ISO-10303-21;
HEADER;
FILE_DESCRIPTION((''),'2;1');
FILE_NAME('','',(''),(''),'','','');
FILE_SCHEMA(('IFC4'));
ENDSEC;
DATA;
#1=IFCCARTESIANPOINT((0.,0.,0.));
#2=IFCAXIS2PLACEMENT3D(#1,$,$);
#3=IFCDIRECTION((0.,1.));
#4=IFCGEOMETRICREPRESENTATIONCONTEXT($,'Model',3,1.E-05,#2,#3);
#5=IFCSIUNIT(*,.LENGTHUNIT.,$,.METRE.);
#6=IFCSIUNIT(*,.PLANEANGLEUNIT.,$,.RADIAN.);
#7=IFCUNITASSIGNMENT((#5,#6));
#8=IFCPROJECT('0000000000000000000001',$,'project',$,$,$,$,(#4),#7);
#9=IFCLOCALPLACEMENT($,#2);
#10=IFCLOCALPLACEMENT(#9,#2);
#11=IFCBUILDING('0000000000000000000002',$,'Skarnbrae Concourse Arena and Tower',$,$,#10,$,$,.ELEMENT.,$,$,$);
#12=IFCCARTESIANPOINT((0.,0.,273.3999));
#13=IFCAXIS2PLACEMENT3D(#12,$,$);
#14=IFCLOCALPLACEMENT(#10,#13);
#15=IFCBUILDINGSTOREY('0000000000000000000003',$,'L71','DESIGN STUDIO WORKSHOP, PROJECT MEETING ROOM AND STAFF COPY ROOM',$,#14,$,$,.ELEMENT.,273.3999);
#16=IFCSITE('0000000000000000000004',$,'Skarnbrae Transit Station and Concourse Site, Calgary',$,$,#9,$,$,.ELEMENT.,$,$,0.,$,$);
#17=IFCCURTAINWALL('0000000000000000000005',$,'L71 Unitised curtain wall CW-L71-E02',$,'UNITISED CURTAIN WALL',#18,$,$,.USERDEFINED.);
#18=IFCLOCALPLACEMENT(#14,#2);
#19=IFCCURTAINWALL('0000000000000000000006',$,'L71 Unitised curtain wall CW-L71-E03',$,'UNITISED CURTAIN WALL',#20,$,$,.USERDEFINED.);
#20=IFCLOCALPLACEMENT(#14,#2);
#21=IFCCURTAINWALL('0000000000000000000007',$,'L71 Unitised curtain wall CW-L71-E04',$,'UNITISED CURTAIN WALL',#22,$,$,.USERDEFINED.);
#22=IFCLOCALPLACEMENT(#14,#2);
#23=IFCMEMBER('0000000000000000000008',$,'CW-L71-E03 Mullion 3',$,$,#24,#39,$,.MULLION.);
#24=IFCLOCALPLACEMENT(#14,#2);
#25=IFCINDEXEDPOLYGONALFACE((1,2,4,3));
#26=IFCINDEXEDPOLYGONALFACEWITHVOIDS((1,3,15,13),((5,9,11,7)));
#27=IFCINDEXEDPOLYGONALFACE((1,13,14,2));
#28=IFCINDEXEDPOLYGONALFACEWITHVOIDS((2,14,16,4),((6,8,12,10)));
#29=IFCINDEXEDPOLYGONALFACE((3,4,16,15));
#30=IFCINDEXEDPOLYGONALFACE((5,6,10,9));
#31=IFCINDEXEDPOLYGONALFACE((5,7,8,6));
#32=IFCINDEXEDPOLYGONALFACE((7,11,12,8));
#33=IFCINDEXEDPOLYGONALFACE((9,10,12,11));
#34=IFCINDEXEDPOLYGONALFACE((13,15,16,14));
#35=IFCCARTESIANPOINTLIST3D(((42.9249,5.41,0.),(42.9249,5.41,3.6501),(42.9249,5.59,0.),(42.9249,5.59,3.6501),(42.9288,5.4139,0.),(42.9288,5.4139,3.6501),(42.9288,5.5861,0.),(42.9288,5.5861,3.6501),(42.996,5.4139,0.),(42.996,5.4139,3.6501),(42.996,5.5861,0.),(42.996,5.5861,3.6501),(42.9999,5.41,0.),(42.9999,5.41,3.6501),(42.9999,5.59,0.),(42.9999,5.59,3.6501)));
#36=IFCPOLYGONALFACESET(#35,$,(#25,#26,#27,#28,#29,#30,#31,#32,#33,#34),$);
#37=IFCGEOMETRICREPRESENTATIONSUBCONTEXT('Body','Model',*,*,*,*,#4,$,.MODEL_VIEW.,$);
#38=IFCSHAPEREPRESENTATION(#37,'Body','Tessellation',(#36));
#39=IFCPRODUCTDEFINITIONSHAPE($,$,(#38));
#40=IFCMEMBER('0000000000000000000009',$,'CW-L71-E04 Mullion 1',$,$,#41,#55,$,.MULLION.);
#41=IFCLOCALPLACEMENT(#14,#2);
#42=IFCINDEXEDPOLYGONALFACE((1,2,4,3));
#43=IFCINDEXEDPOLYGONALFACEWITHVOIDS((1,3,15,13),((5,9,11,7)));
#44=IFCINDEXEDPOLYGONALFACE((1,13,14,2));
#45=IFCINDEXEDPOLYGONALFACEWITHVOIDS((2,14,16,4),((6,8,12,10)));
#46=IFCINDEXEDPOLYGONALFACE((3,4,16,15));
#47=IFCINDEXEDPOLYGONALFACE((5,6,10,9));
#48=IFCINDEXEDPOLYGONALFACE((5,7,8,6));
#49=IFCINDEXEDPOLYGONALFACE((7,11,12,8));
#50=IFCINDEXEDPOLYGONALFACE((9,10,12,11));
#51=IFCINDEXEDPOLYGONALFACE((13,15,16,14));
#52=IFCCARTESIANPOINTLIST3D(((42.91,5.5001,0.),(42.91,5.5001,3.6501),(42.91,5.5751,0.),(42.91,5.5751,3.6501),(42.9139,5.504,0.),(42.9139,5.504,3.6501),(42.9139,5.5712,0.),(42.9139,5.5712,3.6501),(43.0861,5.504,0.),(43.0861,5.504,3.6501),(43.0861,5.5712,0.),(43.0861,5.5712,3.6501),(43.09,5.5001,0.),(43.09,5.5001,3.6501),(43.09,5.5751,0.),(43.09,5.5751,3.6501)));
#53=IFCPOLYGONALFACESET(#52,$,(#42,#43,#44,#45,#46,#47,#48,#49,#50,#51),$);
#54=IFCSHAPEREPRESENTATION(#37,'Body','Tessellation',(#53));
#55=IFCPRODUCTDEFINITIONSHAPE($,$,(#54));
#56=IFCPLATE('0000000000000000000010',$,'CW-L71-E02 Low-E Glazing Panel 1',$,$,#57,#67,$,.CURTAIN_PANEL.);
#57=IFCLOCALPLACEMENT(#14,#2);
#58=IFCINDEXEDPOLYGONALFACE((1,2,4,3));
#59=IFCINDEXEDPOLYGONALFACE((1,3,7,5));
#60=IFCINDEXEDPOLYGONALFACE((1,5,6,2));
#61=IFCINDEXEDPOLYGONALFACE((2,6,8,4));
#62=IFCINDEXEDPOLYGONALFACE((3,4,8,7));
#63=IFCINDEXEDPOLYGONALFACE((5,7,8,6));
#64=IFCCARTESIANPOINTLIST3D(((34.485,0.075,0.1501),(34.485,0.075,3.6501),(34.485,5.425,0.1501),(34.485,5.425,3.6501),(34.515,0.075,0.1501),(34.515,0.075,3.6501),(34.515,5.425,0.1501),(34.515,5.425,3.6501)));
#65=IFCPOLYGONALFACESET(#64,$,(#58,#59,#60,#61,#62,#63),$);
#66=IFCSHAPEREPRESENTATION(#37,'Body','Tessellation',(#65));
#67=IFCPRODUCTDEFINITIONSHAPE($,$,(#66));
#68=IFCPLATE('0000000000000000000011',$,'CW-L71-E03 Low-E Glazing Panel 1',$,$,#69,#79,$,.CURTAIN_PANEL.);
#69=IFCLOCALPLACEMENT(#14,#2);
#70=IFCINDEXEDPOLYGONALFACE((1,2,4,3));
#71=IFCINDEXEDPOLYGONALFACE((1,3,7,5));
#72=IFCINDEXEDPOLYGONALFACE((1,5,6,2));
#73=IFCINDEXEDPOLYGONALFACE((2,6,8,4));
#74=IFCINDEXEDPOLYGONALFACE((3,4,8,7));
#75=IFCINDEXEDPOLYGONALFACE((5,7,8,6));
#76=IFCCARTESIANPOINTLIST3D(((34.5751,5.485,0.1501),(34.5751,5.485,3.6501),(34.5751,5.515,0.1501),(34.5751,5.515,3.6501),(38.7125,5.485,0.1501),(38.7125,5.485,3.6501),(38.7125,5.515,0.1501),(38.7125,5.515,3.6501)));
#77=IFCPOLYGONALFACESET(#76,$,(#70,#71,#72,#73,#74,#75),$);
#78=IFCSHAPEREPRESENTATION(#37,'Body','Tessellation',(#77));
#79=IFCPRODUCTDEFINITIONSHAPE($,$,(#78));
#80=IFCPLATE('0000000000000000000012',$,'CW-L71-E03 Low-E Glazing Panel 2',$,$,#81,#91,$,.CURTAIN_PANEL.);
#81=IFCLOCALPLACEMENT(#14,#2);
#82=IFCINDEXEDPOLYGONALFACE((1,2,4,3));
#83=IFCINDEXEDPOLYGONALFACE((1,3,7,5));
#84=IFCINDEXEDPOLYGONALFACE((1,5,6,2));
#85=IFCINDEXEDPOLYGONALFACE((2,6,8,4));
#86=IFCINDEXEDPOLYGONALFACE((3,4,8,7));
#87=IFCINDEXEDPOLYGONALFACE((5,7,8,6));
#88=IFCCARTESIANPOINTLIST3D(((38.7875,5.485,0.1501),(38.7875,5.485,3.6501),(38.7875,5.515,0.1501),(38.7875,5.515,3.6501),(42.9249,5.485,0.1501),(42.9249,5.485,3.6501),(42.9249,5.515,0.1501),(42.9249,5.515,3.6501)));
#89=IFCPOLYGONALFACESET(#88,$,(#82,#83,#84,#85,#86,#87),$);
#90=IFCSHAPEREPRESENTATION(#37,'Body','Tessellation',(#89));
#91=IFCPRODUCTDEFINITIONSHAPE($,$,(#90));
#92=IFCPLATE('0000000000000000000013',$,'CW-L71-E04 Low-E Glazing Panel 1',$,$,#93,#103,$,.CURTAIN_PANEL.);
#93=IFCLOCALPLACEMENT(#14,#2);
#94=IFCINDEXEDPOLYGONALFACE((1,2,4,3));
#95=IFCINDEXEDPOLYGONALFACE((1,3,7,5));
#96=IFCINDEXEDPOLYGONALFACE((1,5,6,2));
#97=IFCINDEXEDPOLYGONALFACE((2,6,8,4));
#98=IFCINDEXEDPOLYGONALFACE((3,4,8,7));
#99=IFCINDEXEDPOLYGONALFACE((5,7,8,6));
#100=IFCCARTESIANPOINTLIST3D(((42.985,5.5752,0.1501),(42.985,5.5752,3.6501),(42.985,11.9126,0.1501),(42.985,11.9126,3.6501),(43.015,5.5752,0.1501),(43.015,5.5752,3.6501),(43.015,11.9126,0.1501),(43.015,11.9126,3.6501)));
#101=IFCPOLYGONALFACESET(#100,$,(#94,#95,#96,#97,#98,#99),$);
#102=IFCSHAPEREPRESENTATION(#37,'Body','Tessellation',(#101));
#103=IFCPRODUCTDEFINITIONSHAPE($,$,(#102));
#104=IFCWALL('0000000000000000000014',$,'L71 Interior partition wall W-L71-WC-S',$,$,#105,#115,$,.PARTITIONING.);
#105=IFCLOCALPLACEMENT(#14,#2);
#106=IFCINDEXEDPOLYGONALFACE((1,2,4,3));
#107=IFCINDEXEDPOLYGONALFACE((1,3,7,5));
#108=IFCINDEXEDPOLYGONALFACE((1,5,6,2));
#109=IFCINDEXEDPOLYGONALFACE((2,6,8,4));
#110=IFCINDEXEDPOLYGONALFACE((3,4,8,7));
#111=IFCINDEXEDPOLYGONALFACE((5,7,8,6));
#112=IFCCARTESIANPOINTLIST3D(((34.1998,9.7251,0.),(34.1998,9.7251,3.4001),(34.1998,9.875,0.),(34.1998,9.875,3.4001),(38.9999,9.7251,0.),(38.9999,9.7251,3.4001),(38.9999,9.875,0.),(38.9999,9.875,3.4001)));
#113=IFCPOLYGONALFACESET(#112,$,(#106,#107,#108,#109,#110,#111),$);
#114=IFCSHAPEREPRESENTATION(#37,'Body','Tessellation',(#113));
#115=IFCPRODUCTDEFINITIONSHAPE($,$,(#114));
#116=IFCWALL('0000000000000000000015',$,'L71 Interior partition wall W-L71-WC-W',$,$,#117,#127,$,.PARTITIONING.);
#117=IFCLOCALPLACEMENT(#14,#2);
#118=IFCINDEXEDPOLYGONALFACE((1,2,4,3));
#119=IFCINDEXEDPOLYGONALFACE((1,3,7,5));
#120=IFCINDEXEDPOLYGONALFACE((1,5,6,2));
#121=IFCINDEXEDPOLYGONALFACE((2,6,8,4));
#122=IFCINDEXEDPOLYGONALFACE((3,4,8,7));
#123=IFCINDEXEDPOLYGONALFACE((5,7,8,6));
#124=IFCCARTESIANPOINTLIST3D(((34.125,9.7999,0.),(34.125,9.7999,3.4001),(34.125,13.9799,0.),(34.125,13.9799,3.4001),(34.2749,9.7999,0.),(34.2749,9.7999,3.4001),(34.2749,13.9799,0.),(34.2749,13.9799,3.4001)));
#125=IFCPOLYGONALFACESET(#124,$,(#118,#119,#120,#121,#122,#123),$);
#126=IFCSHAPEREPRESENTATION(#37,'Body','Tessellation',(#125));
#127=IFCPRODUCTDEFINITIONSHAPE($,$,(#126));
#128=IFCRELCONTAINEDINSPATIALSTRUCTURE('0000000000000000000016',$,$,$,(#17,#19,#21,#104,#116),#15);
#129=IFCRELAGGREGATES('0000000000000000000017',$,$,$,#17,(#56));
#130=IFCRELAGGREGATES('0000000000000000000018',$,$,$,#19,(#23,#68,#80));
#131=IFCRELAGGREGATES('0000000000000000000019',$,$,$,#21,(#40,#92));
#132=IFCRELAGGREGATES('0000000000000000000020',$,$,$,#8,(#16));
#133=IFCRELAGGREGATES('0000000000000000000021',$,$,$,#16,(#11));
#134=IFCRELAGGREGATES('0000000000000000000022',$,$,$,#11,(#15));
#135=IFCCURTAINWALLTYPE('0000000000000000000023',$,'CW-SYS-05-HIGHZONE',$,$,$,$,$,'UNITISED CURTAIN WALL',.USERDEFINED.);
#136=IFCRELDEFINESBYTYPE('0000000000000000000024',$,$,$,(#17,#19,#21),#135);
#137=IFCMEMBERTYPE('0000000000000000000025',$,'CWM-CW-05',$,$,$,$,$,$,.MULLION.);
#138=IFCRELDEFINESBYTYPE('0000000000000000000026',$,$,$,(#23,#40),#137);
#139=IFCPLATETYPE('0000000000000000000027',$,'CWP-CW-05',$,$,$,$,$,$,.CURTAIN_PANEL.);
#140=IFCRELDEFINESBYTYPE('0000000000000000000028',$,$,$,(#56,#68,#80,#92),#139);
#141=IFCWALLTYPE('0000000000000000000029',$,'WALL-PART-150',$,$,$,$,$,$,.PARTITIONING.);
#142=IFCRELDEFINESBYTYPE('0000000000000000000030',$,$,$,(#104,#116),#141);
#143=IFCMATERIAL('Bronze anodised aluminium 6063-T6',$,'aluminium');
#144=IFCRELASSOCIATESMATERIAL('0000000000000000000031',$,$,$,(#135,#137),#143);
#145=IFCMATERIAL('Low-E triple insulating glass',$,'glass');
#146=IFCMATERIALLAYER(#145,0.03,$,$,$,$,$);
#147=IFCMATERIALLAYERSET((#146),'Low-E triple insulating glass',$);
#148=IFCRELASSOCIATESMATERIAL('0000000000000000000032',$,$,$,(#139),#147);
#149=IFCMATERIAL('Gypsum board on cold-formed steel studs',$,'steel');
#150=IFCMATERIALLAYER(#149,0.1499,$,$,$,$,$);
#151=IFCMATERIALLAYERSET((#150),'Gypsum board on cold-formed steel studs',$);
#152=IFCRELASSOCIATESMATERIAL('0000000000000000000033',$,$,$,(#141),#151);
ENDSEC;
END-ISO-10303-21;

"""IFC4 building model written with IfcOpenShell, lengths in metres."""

from ifc_helpers import new_model, si_unit, direction, frame, frame_2d, origin, origin_2d, place, context, subcontext, project, spatial, rectangle, hollow_rectangle, extrude, source, transform, mapped, material, layer, layer_set, material_profile, profile_set, type_object, element, aggregate, save


model = new_model("IFC4")

# Units and contexts
model_context = context("Model", 3, precision=1e-05, world=origin(), true_north=direction((0.0, 1.0)))
body_context = subcontext(model_context, "Body", "Model", "MODEL_VIEW")
ifc_project = project(units=[si_unit("LENGTHUNIT", "METRE"), si_unit("PLANEANGLEUNIT", "RADIAN")], contexts=[model_context])

# Site, building, storey
site_placement = place(None, origin())
site = spatial("IfcSite", under=ifc_project, at=site_placement, Name="Skarnbrae Transit Station and Concourse Site, Calgary", CompositionType="ELEMENT", RefElevation=0.0)
building_placement = place(site_placement, origin())
building = spatial("IfcBuilding", under=site, at=building_placement, Name="Skarnbrae Concourse Arena and Tower", CompositionType="ELEMENT")
storey_placement = place(building_placement, frame((0.0, 0.0, 273.3999)))
storey = spatial("IfcBuildingStorey", under=building, at=storey_placement, Name="L71", Description="DESIGN STUDIO WORKSHOP, PROJECT MEETING ROOM AND STAFF COPY ROOM", CompositionType="ELEMENT", Elevation=273.3999)

# Curtain wall
ifc_material_1 = material(Name="Bronze anodised aluminium 6063-T6", Category="aluminium")
curtain_wall_type = type_object("IfcCurtainWallType", Name="CW-SYS-05-HIGHZONE", ElementType="UNITISED CURTAIN WALL", PredefinedType="USERDEFINED", material=ifc_material_1)
curtain_wall_1_placement = place(storey_placement, origin())
curtain_wall_1 = element("IfcCurtainWall", 1, at=curtain_wall_1_placement, inside=storey, type_object=curtain_wall_type, Name="L71 Unitised curtain wall CW-L71-E02", ObjectType="UNITISED CURTAIN WALL", PredefinedType="USERDEFINED")

# Curtain wall
curtain_wall_2_placement = place(storey_placement, origin())
curtain_wall_2 = element("IfcCurtainWall", 2, at=curtain_wall_2_placement, inside=storey, type_object=curtain_wall_type, Name="L71 Unitised curtain wall CW-L71-E03", ObjectType="UNITISED CURTAIN WALL", PredefinedType="USERDEFINED")

# Curtain wall
curtain_wall_3_placement = place(storey_placement, origin())
curtain_wall_3 = element("IfcCurtainWall", 3, at=curtain_wall_3_placement, inside=storey, type_object=curtain_wall_type, Name="L71 Unitised curtain wall CW-L71-E04", ObjectType="UNITISED CURTAIN WALL", PredefinedType="USERDEFINED")

# Members
ifc_material_profile_1 = material_profile(ifc_material_1, hollow_rectangle(XDim=0.075, YDim=0.1799, WallThickness=0.0039, at=origin_2d()), Name="ALU-MULL-75X180")
ifc_profile_set_1 = profile_set([ifc_material_profile_1], Name="Bronze anodised aluminium 6063-T6")
member_type_1 = type_object("IfcMemberType", Name="CWM-CW-05", PredefinedType="MULLION", material=ifc_profile_set_1)
shared_shape_1 = source(origin(), body_context, "Body", "SweptSolid", [
    extrude(hollow_rectangle(XDim=0.075, YDim=0.1799, WallThickness=0.0039, at=origin_2d()), origin(), (0.0, 0.0, 1.0), 3.6501),
])
member_1_placement = place(storey_placement, frame((42.9624, 5.5, 0.0), z_axis=(0.0, 0.0, 1.0), x_axis=(1.0, 0.0, 0.0)))
member_1 = element("IfcMember", 4, at=member_1_placement, type_object=member_type_1, Name="CW-L71-E03 Mullion 3", PredefinedType="MULLION", context=body_context, shape_type="MappedRepresentation", body=[
    mapped(shared_shape_1, transform((0.0, 0.0, 0.0))),
])
member_2_placement = place(storey_placement, frame((43.0, 5.5376, 0.0), z_axis=(0.0, 0.0, 1.0), x_axis=(0.0, 1.0, 0.0)))
member_2 = element("IfcMember", 5, at=member_2_placement, type_object=member_type_1, Name="CW-L71-E04 Mullion 1", PredefinedType="MULLION", context=body_context, shape_type="MappedRepresentation", body=[
    mapped(shared_shape_1, transform((0.0, 0.0, 0.0))),
])

# Plates
ifc_material_2 = material(Name="Low-E triple insulating glass", Category="glass")
ifc_layer_1 = layer(ifc_material_2, 0.03)
ifc_layer_set_1 = layer_set([ifc_layer_1], Name="Low-E triple insulating glass")
plate_type = type_object("IfcPlateType", Name="CWP-CW-05", PredefinedType="CURTAIN_PANEL", material=ifc_layer_set_1)
shared_shape_2 = source(origin(), body_context, "Body", "SweptSolid", [
    extrude(rectangle(XDim=5.3501, YDim=0.03, at=origin_2d()), origin(), (0.0, 0.0, 1.0), 3.5),
])
plate_1_placement = place(storey_placement, frame((34.5, 2.75, 0.1501), z_axis=(0.0, 0.0, 1.0), x_axis=(0.0, 1.0, 0.0)))
plate_1 = element("IfcPlate", 6, at=plate_1_placement, type_object=plate_type, Name="CW-L71-E02 Low-E Glazing Panel 1", PredefinedType="CURTAIN_PANEL", context=body_context, shape_type="MappedRepresentation", body=[
    mapped(shared_shape_2, transform((0.0, 0.0, 0.0))),
])
aggregate(curtain_wall_1, [plate_1])
shared_shape_3 = source(origin(), body_context, "Body", "SweptSolid", [
    extrude(rectangle(XDim=4.1375, YDim=0.03, at=origin_2d()), origin(), (0.0, 0.0, 1.0), 3.5),
])
plate_2_placement = place(storey_placement, frame((36.6438, 5.5, 0.1501), z_axis=(0.0, 0.0, 1.0), x_axis=(1.0, 0.0, 0.0)))
plate_2 = element("IfcPlate", 7, at=plate_2_placement, type_object=plate_type, Name="CW-L71-E03 Low-E Glazing Panel 1", PredefinedType="CURTAIN_PANEL", context=body_context, shape_type="MappedRepresentation", body=[
    mapped(shared_shape_3, transform((0.0, 0.0, 0.0))),
])
plate_3_placement = place(storey_placement, frame((40.8562, 5.5, 0.1501), z_axis=(0.0, 0.0, 1.0), x_axis=(1.0, 0.0, 0.0)))
plate_3 = element("IfcPlate", 8, at=plate_3_placement, type_object=plate_type, Name="CW-L71-E03 Low-E Glazing Panel 2", PredefinedType="CURTAIN_PANEL", context=body_context, shape_type="MappedRepresentation", body=[
    mapped(shared_shape_3, transform((0.0, 0.0, 0.0))),
])
aggregate(curtain_wall_2, [member_1, plate_2, plate_3])
shared_shape_4 = source(origin(), body_context, "Body", "SweptSolid", [
    extrude(rectangle(XDim=6.3374, YDim=0.03, at=origin_2d()), origin(), (0.0, 0.0, 1.0), 3.5),
])
plate_4_placement = place(storey_placement, frame((43.0, 8.7439, 0.1501), z_axis=(0.0, 0.0, 1.0), x_axis=(0.0, 1.0, 0.0)))
plate_4 = element("IfcPlate", 9, at=plate_4_placement, type_object=plate_type, Name="CW-L71-E04 Low-E Glazing Panel 1", PredefinedType="CURTAIN_PANEL", context=body_context, shape_type="MappedRepresentation", body=[
    mapped(shared_shape_4, transform((0.0, 0.0, 0.0))),
])
aggregate(curtain_wall_3, [member_2, plate_4])

# Walls
ifc_material_3 = material(Name="Gypsum board on cold-formed steel studs", Category="steel")
ifc_layer_2 = layer(ifc_material_3, 0.1499)
ifc_layer_set_2 = layer_set([ifc_layer_2], Name="Gypsum board on cold-formed steel studs")
wall_type = type_object("IfcWallType", Name="WALL-PART-150", PredefinedType="PARTITIONING", material=ifc_layer_set_2)
shared_shape_5 = source(origin(), body_context, "Body", "SweptSolid", [
    extrude(rectangle(XDim=4.8, YDim=0.1499, at=frame_2d((2.3999, 0.0))), origin(), (0.0, 0.0, 1.0), 3.4001),
])
wall_1_placement = place(storey_placement, frame((34.2, 9.8, 0.0), z_axis=(0.0, 0.0, 1.0), x_axis=(1.0, 0.0, 0.0)))
element("IfcWall", 10, at=wall_1_placement, inside=storey, type_object=wall_type, Name="L71 Interior partition wall W-L71-WC-S", PredefinedType="PARTITIONING", context=body_context, shape_type="MappedRepresentation", body=[
    mapped(shared_shape_5, transform((0.0, 0.0, 0.0))),
])
shared_shape_6 = source(origin(), body_context, "Body", "SweptSolid", [
    extrude(rectangle(XDim=4.1799, YDim=0.1499, at=frame_2d((2.0898, 0.0))), origin(), (0.0, 0.0, 1.0), 3.4001),
])
wall_2_placement = place(storey_placement, frame((34.2, 9.8, 0.0), z_axis=(0.0, 0.0, 1.0), x_axis=(0.0, 1.0, 0.0)))
element("IfcWall", 11, at=wall_2_placement, inside=storey, type_object=wall_type, Name="L71 Interior partition wall W-L71-WC-W", PredefinedType="PARTITIONING", context=body_context, shape_type="MappedRepresentation", body=[
    mapped(shared_shape_6, transform((0.0, 0.0, 0.0))),
])

save(model, "model.ifc")
